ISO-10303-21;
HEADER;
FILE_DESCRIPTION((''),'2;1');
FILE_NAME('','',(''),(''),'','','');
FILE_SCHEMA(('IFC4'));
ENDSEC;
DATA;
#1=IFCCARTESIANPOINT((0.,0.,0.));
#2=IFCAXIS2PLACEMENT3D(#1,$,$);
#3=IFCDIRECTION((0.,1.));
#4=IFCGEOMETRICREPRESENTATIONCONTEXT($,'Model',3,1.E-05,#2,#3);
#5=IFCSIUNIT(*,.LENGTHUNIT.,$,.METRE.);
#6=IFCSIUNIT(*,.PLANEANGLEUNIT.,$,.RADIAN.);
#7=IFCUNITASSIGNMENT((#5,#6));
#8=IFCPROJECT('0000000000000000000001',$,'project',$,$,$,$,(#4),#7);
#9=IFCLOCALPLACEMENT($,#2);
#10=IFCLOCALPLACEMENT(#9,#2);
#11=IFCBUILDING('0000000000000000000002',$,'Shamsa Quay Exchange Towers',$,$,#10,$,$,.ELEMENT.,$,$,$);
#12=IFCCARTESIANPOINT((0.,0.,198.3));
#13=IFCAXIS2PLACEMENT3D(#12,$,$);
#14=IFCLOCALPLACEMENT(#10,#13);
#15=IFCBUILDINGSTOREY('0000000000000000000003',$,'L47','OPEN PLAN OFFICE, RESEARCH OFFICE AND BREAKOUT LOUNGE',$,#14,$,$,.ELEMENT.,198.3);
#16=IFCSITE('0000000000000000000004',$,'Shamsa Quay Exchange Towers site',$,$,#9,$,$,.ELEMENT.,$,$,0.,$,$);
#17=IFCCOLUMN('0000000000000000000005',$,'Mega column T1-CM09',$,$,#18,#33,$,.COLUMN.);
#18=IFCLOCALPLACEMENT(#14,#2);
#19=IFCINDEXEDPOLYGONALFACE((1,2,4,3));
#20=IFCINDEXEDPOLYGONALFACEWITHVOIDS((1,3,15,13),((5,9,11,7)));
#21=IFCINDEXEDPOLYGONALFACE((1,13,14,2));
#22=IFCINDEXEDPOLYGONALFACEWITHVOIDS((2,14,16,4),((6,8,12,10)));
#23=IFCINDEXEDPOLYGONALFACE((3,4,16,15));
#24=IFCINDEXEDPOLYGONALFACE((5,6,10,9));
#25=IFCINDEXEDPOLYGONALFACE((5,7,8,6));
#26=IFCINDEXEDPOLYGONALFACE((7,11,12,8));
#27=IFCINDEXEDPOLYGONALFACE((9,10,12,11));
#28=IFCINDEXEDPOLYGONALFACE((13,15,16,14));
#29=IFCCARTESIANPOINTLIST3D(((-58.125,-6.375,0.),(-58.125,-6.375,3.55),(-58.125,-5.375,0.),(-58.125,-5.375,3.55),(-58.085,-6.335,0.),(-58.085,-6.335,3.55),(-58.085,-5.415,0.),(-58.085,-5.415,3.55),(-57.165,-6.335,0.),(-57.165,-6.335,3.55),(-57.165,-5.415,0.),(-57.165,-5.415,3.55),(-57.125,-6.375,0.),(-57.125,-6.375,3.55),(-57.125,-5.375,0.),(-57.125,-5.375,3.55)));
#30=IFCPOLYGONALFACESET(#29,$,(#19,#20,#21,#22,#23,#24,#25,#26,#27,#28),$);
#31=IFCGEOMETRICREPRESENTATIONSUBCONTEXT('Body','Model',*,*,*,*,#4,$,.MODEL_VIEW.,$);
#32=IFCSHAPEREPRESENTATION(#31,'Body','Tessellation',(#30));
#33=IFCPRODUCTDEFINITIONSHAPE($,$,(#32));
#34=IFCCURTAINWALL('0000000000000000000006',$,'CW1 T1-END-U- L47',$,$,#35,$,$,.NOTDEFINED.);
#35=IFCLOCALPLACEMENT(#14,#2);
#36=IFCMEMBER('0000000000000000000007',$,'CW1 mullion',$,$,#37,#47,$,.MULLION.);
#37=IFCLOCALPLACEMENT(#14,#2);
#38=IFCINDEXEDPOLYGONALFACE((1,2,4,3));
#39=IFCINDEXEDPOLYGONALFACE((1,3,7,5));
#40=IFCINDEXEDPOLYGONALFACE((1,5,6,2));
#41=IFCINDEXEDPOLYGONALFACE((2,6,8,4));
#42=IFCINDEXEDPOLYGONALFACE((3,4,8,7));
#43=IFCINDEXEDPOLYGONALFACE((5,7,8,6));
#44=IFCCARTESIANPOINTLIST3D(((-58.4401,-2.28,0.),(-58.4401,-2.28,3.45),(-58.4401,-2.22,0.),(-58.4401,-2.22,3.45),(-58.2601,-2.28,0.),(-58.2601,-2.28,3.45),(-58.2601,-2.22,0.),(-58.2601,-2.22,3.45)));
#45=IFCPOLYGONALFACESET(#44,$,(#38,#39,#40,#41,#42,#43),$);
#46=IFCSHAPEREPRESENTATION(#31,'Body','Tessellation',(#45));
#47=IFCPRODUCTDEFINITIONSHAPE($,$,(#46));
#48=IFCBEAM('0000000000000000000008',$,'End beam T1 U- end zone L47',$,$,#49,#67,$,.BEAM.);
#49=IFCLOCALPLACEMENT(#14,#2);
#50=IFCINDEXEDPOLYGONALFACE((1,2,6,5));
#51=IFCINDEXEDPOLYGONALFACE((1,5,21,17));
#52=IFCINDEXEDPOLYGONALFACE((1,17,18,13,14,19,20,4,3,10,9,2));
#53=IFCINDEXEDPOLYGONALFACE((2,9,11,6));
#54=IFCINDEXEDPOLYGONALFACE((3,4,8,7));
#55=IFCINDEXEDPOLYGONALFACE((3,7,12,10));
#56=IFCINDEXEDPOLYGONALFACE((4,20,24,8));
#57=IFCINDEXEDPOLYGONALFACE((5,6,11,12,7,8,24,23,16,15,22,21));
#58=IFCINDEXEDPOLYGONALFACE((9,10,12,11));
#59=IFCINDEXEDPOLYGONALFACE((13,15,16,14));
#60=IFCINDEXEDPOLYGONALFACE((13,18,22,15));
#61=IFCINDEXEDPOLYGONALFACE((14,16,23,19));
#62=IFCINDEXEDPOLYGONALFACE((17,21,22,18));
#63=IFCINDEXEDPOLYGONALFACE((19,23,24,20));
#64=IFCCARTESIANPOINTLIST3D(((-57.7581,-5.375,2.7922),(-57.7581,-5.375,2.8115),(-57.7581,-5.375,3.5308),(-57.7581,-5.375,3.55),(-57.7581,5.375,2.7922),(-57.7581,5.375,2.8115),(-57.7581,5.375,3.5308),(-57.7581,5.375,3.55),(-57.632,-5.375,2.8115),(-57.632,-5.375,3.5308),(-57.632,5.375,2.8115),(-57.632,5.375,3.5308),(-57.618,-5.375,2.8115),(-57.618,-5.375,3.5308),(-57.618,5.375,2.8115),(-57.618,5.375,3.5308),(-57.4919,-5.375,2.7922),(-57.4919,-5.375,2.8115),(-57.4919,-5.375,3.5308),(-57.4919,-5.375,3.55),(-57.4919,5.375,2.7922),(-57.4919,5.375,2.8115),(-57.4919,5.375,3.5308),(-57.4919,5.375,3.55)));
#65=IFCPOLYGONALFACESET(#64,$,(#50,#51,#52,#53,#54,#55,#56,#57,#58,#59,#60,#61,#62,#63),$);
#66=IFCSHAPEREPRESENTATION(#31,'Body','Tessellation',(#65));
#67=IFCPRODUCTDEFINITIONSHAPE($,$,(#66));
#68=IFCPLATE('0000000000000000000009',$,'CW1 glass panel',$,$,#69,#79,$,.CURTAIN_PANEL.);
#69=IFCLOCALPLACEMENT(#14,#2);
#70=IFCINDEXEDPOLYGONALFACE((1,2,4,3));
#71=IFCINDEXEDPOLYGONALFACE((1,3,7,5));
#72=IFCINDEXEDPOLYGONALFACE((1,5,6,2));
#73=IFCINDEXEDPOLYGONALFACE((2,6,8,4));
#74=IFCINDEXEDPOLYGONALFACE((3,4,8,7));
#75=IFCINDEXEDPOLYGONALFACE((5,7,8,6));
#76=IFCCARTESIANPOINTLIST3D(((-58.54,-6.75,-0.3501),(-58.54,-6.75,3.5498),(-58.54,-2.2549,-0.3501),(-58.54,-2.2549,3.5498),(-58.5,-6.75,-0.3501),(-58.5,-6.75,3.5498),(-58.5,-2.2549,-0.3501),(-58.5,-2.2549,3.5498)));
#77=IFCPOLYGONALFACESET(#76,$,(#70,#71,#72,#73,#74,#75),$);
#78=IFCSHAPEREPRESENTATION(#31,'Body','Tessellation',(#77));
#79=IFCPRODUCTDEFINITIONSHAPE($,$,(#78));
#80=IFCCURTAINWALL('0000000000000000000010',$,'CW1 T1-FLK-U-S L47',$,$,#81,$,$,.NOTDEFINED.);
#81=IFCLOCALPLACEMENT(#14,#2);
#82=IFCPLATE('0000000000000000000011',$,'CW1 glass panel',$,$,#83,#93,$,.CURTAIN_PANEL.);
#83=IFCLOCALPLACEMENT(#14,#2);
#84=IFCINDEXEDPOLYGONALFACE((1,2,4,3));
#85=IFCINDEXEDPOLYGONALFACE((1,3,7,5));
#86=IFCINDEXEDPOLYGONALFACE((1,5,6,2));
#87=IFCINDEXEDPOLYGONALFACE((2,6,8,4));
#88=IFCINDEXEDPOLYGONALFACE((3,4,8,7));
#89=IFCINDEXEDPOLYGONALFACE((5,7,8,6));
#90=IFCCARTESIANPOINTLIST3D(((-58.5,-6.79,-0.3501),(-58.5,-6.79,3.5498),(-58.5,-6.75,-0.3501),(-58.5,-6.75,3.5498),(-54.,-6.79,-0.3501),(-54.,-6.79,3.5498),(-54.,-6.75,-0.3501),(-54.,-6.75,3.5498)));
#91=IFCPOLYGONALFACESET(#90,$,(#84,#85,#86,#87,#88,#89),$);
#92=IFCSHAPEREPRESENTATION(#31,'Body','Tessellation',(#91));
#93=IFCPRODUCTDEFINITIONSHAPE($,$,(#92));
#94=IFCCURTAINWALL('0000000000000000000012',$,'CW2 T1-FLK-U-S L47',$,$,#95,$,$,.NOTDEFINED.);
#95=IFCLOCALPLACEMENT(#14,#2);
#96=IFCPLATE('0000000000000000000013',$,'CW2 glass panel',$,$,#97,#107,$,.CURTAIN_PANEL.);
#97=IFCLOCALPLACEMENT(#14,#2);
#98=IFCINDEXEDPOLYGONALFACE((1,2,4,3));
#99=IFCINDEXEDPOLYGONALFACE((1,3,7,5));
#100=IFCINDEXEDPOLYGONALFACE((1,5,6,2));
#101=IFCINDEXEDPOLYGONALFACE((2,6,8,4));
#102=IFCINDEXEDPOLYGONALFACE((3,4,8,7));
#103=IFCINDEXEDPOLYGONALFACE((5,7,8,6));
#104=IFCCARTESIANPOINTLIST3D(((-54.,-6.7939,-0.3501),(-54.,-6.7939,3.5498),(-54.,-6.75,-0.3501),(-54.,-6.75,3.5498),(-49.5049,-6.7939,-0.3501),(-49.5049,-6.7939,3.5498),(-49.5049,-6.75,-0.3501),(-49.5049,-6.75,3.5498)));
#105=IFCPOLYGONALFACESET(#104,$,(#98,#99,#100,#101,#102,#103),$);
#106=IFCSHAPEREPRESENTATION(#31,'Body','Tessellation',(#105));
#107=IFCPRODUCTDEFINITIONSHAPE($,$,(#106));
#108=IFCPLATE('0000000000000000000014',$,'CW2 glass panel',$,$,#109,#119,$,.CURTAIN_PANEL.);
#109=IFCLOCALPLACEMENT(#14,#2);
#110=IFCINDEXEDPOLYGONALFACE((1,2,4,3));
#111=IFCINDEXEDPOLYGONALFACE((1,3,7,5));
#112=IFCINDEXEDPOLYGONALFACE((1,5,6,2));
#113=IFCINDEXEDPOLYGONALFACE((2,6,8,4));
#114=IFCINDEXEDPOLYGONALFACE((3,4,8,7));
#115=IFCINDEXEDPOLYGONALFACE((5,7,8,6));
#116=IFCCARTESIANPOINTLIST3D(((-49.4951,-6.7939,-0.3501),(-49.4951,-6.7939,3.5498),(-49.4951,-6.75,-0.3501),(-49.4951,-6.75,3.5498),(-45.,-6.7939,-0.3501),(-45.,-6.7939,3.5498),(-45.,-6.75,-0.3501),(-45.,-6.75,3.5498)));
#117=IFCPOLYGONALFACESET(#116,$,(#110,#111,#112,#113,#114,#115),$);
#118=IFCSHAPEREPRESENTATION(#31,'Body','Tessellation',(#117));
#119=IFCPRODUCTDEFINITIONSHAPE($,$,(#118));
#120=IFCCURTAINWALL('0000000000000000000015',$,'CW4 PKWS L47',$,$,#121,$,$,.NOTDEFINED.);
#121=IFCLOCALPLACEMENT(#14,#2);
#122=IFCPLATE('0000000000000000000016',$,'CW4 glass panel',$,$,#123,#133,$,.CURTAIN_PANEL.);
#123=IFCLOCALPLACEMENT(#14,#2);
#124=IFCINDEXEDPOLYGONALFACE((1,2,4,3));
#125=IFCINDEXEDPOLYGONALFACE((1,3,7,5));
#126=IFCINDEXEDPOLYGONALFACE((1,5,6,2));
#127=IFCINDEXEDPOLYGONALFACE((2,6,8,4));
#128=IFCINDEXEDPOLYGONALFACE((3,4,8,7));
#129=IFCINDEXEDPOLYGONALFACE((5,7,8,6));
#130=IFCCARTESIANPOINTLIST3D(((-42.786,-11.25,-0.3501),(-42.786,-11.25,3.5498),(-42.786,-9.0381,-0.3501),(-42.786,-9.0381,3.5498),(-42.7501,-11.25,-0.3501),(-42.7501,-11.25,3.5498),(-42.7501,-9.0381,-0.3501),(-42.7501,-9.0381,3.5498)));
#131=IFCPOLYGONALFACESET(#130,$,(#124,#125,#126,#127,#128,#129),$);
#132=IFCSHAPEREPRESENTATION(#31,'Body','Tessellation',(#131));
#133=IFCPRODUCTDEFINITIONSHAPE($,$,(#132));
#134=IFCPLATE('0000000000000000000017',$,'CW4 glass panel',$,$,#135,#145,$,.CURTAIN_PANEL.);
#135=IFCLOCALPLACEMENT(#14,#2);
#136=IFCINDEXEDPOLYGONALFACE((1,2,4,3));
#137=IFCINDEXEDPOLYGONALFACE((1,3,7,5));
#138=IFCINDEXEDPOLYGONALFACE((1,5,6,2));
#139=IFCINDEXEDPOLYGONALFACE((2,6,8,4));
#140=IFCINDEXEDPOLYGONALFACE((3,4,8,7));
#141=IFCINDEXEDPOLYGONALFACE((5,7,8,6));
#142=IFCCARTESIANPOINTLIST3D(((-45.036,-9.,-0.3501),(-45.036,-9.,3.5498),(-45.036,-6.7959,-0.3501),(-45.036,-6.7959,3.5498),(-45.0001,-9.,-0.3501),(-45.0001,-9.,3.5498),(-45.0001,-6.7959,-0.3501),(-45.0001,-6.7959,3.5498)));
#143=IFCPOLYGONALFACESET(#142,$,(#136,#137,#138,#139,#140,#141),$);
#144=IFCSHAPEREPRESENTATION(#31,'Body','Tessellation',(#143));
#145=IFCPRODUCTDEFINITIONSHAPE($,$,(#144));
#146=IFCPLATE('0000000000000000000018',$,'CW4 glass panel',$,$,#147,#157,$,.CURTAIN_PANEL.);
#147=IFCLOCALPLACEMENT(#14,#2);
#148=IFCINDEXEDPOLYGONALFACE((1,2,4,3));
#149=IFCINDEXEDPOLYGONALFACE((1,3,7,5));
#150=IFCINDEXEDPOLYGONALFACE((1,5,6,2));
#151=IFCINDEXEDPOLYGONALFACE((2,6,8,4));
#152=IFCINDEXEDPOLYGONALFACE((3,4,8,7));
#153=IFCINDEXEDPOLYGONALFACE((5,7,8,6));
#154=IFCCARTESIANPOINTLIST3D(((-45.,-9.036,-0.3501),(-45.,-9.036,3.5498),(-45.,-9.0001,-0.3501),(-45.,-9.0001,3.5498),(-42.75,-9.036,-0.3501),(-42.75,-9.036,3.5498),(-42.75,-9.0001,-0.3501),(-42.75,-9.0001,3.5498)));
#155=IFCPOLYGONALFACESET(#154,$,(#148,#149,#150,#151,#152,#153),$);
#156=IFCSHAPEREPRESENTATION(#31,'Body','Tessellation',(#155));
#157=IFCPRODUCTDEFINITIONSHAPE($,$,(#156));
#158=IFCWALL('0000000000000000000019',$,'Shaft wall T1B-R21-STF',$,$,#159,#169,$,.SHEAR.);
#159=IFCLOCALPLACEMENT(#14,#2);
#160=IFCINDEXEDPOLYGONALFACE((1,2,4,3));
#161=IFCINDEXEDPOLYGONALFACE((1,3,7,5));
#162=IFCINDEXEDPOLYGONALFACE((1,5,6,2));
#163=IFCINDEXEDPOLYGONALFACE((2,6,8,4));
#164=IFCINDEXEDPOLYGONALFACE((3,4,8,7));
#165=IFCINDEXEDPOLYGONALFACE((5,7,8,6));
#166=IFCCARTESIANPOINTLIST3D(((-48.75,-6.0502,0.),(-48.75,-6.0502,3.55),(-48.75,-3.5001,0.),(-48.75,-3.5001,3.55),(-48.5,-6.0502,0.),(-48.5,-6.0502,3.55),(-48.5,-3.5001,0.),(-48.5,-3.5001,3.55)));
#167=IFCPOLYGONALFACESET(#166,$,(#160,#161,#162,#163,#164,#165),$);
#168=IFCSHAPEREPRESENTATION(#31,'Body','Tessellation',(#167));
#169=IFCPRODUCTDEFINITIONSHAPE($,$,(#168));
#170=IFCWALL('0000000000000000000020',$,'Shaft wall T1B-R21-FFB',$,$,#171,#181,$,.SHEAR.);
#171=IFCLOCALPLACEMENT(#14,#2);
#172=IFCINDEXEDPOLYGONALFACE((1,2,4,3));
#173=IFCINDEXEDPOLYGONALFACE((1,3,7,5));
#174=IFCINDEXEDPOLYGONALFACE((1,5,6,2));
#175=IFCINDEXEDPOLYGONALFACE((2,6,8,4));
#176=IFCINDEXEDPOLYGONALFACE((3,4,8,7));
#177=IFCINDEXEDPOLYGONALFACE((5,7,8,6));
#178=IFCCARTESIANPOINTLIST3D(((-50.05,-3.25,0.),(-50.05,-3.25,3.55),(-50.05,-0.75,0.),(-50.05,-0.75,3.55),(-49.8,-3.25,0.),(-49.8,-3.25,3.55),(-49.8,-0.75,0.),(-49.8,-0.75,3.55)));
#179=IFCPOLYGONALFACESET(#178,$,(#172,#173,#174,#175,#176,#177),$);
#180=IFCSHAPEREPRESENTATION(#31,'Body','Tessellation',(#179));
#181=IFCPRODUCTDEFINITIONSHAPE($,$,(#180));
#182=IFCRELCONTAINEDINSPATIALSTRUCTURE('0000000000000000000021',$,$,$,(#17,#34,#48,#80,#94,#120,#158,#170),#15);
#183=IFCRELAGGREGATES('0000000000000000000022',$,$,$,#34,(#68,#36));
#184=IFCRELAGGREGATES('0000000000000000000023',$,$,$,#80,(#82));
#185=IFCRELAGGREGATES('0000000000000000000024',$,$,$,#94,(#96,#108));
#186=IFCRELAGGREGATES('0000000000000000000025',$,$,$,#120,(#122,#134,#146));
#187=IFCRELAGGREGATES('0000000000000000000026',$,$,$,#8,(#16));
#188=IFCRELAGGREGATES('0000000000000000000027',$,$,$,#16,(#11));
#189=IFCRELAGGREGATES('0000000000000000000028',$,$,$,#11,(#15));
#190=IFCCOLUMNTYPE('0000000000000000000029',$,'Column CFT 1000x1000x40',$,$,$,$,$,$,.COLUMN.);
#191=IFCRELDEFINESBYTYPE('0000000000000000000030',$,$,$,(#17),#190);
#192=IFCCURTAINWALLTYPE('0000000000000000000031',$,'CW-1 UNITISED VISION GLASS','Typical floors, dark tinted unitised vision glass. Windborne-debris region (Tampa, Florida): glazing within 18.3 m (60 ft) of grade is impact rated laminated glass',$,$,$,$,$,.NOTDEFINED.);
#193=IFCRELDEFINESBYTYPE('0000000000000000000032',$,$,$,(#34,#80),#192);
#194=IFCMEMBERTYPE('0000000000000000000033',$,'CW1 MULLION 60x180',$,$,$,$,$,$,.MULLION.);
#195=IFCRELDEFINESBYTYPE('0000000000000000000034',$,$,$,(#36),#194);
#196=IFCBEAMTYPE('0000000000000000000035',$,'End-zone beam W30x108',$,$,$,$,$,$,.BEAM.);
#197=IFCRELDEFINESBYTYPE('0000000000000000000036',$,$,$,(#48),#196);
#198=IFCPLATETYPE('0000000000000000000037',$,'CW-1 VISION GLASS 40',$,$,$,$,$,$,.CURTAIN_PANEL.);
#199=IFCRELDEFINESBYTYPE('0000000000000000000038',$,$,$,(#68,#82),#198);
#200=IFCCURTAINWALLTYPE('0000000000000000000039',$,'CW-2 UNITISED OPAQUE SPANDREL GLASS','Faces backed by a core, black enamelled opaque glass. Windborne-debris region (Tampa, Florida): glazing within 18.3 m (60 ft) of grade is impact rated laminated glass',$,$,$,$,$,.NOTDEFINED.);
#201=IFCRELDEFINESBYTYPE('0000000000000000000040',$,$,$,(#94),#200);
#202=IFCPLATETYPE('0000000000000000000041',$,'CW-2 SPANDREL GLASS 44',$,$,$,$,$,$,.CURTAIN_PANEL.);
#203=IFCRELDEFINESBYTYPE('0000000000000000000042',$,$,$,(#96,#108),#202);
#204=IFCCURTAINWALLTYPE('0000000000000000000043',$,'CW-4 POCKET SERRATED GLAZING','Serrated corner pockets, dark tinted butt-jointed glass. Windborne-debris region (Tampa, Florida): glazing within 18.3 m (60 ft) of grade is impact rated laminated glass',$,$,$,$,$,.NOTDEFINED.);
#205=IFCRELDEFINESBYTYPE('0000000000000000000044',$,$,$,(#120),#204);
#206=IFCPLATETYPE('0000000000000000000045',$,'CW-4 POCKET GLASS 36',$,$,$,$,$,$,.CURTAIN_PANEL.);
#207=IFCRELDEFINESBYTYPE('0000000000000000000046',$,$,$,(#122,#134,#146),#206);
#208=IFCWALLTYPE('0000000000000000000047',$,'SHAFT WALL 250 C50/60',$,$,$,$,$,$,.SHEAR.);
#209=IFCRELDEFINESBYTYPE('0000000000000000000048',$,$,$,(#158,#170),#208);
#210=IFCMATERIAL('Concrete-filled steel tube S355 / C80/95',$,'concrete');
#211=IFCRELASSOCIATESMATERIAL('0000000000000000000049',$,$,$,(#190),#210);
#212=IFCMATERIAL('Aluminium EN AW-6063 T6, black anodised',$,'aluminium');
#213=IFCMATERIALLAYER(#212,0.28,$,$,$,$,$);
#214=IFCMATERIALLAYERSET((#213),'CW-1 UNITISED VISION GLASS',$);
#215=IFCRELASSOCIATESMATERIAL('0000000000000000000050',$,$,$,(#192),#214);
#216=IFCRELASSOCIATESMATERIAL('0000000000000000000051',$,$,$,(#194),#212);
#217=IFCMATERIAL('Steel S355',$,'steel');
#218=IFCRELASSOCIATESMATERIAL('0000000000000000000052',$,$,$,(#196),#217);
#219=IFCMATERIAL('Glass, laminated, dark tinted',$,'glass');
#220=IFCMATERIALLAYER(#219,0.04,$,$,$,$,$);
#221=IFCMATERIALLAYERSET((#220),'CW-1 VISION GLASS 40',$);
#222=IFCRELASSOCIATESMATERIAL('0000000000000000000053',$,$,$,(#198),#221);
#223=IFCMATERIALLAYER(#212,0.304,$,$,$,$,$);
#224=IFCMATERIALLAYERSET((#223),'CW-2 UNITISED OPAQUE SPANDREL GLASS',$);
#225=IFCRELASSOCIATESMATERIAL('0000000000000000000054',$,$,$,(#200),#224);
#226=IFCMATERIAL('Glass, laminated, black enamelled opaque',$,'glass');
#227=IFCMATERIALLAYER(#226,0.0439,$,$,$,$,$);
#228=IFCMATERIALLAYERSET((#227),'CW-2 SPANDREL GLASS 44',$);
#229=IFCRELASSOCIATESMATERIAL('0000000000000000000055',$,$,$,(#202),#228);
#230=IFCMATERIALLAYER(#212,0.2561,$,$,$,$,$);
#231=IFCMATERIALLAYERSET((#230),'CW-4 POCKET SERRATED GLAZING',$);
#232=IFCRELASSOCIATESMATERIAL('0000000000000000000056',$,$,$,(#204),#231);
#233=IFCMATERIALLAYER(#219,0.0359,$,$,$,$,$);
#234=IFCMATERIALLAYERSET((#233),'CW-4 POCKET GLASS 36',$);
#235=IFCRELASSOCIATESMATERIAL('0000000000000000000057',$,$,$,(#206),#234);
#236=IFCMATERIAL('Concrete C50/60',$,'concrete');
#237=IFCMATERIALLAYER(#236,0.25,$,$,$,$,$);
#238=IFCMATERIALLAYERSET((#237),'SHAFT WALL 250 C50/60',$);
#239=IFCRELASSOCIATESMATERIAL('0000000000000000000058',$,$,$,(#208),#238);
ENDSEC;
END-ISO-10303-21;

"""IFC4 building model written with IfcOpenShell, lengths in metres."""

from ifc_helpers import new_model, si_unit, direction, frame, frame_2d, origin, origin_2d, place, context, subcontext, project, spatial, rectangle, hollow_rectangle, i_section, extrude, material, layer, layer_set, material_profile, profile_set, type_object, element, aggregate, save


model = new_model("IFC4")

# Units and contexts
model_context = context("Model", 3, precision=1e-05, world=origin(), true_north=direction((0.0, 1.0)))
body_context = subcontext(model_context, "Body", "Model", "MODEL_VIEW")
ifc_project = project(units=[si_unit("LENGTHUNIT", "METRE"), si_unit("PLANEANGLEUNIT", "RADIAN")], contexts=[model_context])

# Site, building, storey
site_placement = place(None, origin())
site = spatial("IfcSite", under=ifc_project, at=site_placement, Name="Shamsa Quay Exchange Towers site", CompositionType="ELEMENT", RefElevation=0.0)
building_placement = place(site_placement, origin())
building = spatial("IfcBuilding", under=site, at=building_placement, Name="Shamsa Quay Exchange Towers", CompositionType="ELEMENT")
storey_placement = place(building_placement, frame((0.0, 0.0, 198.3)))
storey = spatial("IfcBuildingStorey", under=building, at=storey_placement, Name="L47", Description="OPEN PLAN OFFICE, RESEARCH OFFICE AND BREAKOUT LOUNGE", CompositionType="ELEMENT", Elevation=198.3)

# Column
ifc_material_1 = material(Name="Concrete-filled steel tube S355 / C80/95", Category="concrete")
ifc_material_profile_1 = material_profile(ifc_material_1, hollow_rectangle(XDim=1.0, YDim=1.0, WallThickness=0.04, at=origin_2d()), Name="CFT 1000x1000x40")
ifc_profile_set_1 = profile_set([ifc_material_profile_1], Name="Concrete-filled steel tube S355 / C80/95")
column_type = type_object("IfcColumnType", Name="Column CFT 1000x1000x40", PredefinedType="COLUMN", material=ifc_profile_set_1)
column_placement = place(storey_placement, frame((-57.625, -5.875, 0.0)))
element("IfcColumn", 1, at=column_placement, inside=storey, type_object=column_type, Name="Mega column T1-CM09", PredefinedType="COLUMN", context=body_context, shape_type="SweptSolid", body=[
    extrude(hollow_rectangle(XDim=1.0, YDim=1.0, WallThickness=0.04, at=origin_2d()), origin(), (0.0, 0.0, 1.0), 3.55),
])

# Curtain wall, member
ifc_material_2 = material(Name="Aluminium EN AW-6063 T6, black anodised", Category="aluminium")
ifc_layer_1 = layer(ifc_material_2, 0.28)
ifc_layer_set_1 = layer_set([ifc_layer_1], Name="CW-1 UNITISED VISION GLASS")
curtain_wall_type_1 = type_object("IfcCurtainWallType", Name="CW-1 UNITISED VISION GLASS", Description="Typical floors, dark tinted unitised vision glass. Windborne-debris region (Tampa, Florida): glazing within 18.3 m (60 ft) of grade is impact rated laminated glass", PredefinedType="NOTDEFINED", material=ifc_layer_set_1)
curtain_wall_1_placement = place(storey_placement, origin())
curtain_wall_1 = element("IfcCurtainWall", 2, at=curtain_wall_1_placement, inside=storey, type_object=curtain_wall_type_1, Name="CW1 T1-END-U- L47", PredefinedType="NOTDEFINED")
ifc_material_profile_2 = material_profile(ifc_material_2, rectangle(XDim=0.1799, YDim=0.0601, at=origin_2d()), Name="MU60x180")
ifc_profile_set_2 = profile_set([ifc_material_profile_2], Name="Aluminium EN AW-6063 T6, black anodised")
member_type = type_object("IfcMemberType", Name="CW1 MULLION 60x180", PredefinedType="MULLION", material=ifc_profile_set_2)
member_placement = place(storey_placement, frame((-58.3501, -2.25, 0.0)))
member = element("IfcMember", 3, at=member_placement, type_object=member_type, Name="CW1 mullion", PredefinedType="MULLION", context=body_context, shape_type="SweptSolid", body=[
    extrude(rectangle(XDim=0.1799, YDim=0.0601, at=origin_2d()), origin(), (0.0, 0.0, 1.0), 3.45),
])

# Beam
ifc_material_3 = material(Name="Steel S355", Category="steel")
ifc_material_profile_3 = material_profile(ifc_material_3, i_section(OverallWidth=0.2661, OverallDepth=0.7578, WebThickness=0.0139, FlangeThickness=0.0193, at=origin_2d()), Name="W30x108")
ifc_profile_set_3 = profile_set([ifc_material_profile_3], Name="Steel S355")
beam_type = type_object("IfcBeamType", Name="End-zone beam W30x108", PredefinedType="BEAM", material=ifc_profile_set_3)
beam_placement = place(storey_placement, frame((-57.625, -5.375, 3.1711), z_axis=(0.0, 1.0, 0.0), x_axis=(-1.0, 0.0, 0.0)))
element("IfcBeam", 4, at=beam_placement, inside=storey, type_object=beam_type, Name="End beam T1 U- end zone L47", PredefinedType="BEAM", context=body_context, shape_type="SweptSolid", body=[
    extrude(i_section(OverallWidth=0.2661, OverallDepth=0.7578, WebThickness=0.0139, FlangeThickness=0.0193, at=origin_2d()), origin(), (0.0, 0.0, 1.0), 10.75),
])

# Plate
ifc_material_4 = material(Name="Glass, laminated, dark tinted", Category="glass")
ifc_layer_2 = layer(ifc_material_4, 0.04)
ifc_layer_set_2 = layer_set([ifc_layer_2], Name="CW-1 VISION GLASS 40")
plate_type_1 = type_object("IfcPlateType", Name="CW-1 VISION GLASS 40", PredefinedType="CURTAIN_PANEL", material=ifc_layer_set_2)
plate_1_placement = place(storey_placement, frame((-58.52, -4.5024, -0.3501), z_axis=(0.0, 0.0, 1.0), x_axis=(0.0, -1.0, 0.0)))
plate_1 = element("IfcPlate", 5, at=plate_1_placement, type_object=plate_type_1, Name="CW1 glass panel", PredefinedType="CURTAIN_PANEL", context=body_context, shape_type="SweptSolid", body=[
    extrude(rectangle(XDim=4.4951, YDim=0.04, at=origin_2d()), origin(), (0.0, 0.0, 1.0), 3.8999),
])
aggregate(curtain_wall_1, [plate_1, member])

# Curtain wall, plate
curtain_wall_2_placement = place(storey_placement, origin())
curtain_wall_2 = element("IfcCurtainWall", 6, at=curtain_wall_2_placement, inside=storey, type_object=curtain_wall_type_1, Name="CW1 T1-FLK-U-S L47", PredefinedType="NOTDEFINED")
plate_2_placement = place(storey_placement, frame((-56.25, -6.77, -0.3501)))
plate_2 = element("IfcPlate", 7, at=plate_2_placement, type_object=plate_type_1, Name="CW1 glass panel", PredefinedType="CURTAIN_PANEL", context=body_context, shape_type="SweptSolid", body=[
    extrude(rectangle(XDim=4.5, YDim=0.04, at=origin_2d()), origin(), (0.0, 0.0, 1.0), 3.8999),
])
aggregate(curtain_wall_2, [plate_2])

# Curtain walls, plates
ifc_layer_3 = layer(ifc_material_2, 0.304)
ifc_layer_set_3 = layer_set([ifc_layer_3], Name="CW-2 UNITISED OPAQUE SPANDREL GLASS")
curtain_wall_type_2 = type_object("IfcCurtainWallType", Name="CW-2 UNITISED OPAQUE SPANDREL GLASS", Description="Faces backed by a core, black enamelled opaque glass. Windborne-debris region (Tampa, Florida): glazing within 18.3 m (60 ft) of grade is impact rated laminated glass", PredefinedType="NOTDEFINED", material=ifc_layer_set_3)
curtain_wall_3_placement = place(storey_placement, origin())
curtain_wall_3 = element("IfcCurtainWall", 8, at=curtain_wall_3_placement, inside=storey, type_object=curtain_wall_type_2, Name="CW2 T1-FLK-U-S L47", PredefinedType="NOTDEFINED")
ifc_material_5 = material(Name="Glass, laminated, black enamelled opaque", Category="glass")
ifc_layer_4 = layer(ifc_material_5, 0.0439)
ifc_layer_set_4 = layer_set([ifc_layer_4], Name="CW-2 SPANDREL GLASS 44")
plate_type_2 = type_object("IfcPlateType", Name="CW-2 SPANDREL GLASS 44", PredefinedType="CURTAIN_PANEL", material=ifc_layer_set_4)
plate_3_placement = place(storey_placement, frame((-51.7524, -6.772, -0.3501)))
plate_3 = element("IfcPlate", 9, at=plate_3_placement, type_object=plate_type_2, Name="CW2 glass panel", PredefinedType="CURTAIN_PANEL", context=body_context, shape_type="SweptSolid", body=[
    extrude(rectangle(XDim=4.4951, YDim=0.0439, at=origin_2d()), origin(), (0.0, 0.0, 1.0), 3.8999),
])
plate_4_placement = place(storey_placement, frame((-47.2476, -6.772, -0.3501)))
plate_4 = element("IfcPlate", 10, at=plate_4_placement, type_object=plate_type_2, Name="CW2 glass panel", PredefinedType="CURTAIN_PANEL", context=body_context, shape_type="SweptSolid", body=[
    extrude(rectangle(XDim=4.4951, YDim=0.0439, at=origin_2d()), origin(), (0.0, 0.0, 1.0), 3.8999),
])
aggregate(curtain_wall_3, [plate_3, plate_4])
ifc_layer_5 = layer(ifc_material_2, 0.2561)
ifc_layer_set_5 = layer_set([ifc_layer_5], Name="CW-4 POCKET SERRATED GLAZING")
curtain_wall_type_3 = type_object("IfcCurtainWallType", Name="CW-4 POCKET SERRATED GLAZING", Description="Serrated corner pockets, dark tinted butt-jointed glass. Windborne-debris region (Tampa, Florida): glazing within 18.3 m (60 ft) of grade is impact rated laminated glass", PredefinedType="NOTDEFINED", material=ifc_layer_set_5)
curtain_wall_4_placement = place(storey_placement, origin())
curtain_wall_4 = element("IfcCurtainWall", 11, at=curtain_wall_4_placement, inside=storey, type_object=curtain_wall_type_3, Name="CW4 PKWS L47", PredefinedType="NOTDEFINED")
ifc_layer_6 = layer(ifc_material_4, 0.0359)
ifc_layer_set_6 = layer_set([ifc_layer_6], Name="CW-4 POCKET GLASS 36")
plate_type_3 = type_object("IfcPlateType", Name="CW-4 POCKET GLASS 36", PredefinedType="CURTAIN_PANEL", material=ifc_layer_set_6)
plate_5_placement = place(storey_placement, frame((-42.7681, -10.144, -0.3501), z_axis=(0.0, 0.0, 1.0), x_axis=(0.0, -1.0, 0.0)))
plate_5 = element("IfcPlate", 12, at=plate_5_placement, type_object=plate_type_3, Name="CW4 glass panel", PredefinedType="CURTAIN_PANEL", context=body_context, shape_type="SweptSolid", body=[
    extrude(rectangle(XDim=2.2119, YDim=0.0359, at=origin_2d()), origin(), (0.0, 0.0, 1.0), 3.8999),
])
plate_6_placement = place(storey_placement, frame((-45.0181, -7.8979, -0.3501), z_axis=(0.0, 0.0, 1.0), x_axis=(0.0, -1.0, 0.0)))
plate_6 = element("IfcPlate", 13, at=plate_6_placement, type_object=plate_type_3, Name="CW4 glass panel", PredefinedType="CURTAIN_PANEL", context=body_context, shape_type="SweptSolid", body=[
    extrude(rectangle(XDim=2.2041, YDim=0.0359, at=origin_2d()), origin(), (0.0, 0.0, 1.0), 3.8999),
])
plate_7_placement = place(storey_placement, frame((-43.875, -9.0181, -0.3501)))
plate_7 = element("IfcPlate", 14, at=plate_7_placement, type_object=plate_type_3, Name="CW4 glass panel", PredefinedType="CURTAIN_PANEL", context=body_context, shape_type="SweptSolid", body=[
    extrude(rectangle(XDim=2.25, YDim=0.0359, at=origin_2d()), origin(), (0.0, 0.0, 1.0), 3.8999),
])
aggregate(curtain_wall_4, [plate_5, plate_6, plate_7])

# Wall
ifc_material_6 = material(Name="Concrete C50/60", Category="concrete")
ifc_layer_7 = layer(ifc_material_6, 0.25)
ifc_layer_set_7 = layer_set([ifc_layer_7], Name="SHAFT WALL 250 C50/60")
wall_type_1 = type_object("IfcWallType", Name="SHAFT WALL 250 C50/60", PredefinedType="SHEAR", material=ifc_layer_set_7)
wall_1_placement = place(storey_placement, frame((-48.625, -6.05, 0.0), z_axis=(0.0, 0.0, 1.0), x_axis=(0.0, 1.0, 0.0)))
element("IfcWall", 15, at=wall_1_placement, inside=storey, type_object=wall_type_1, Name="Shaft wall T1B-R21-STF", PredefinedType="SHEAR", context=body_context, shape_type="SweptSolid", body=[
    extrude(rectangle(XDim=2.55, YDim=0.25, at=frame_2d((1.2749, 0.0))), origin(), (0.0, 0.0, 1.0), 3.55),
])

# Wall
wall_2_placement = place(storey_placement, frame((-49.925, -3.25, 0.0), z_axis=(0.0, 0.0, 1.0), x_axis=(0.0, 1.0, 0.0)))
element("IfcWall", 16, at=wall_2_placement, inside=storey, type_object=wall_type_1, Name="Shaft wall T1B-R21-FFB", PredefinedType="SHEAR", context=body_context, shape_type="SweptSolid", body=[
    extrude(rectangle(XDim=2.5, YDim=0.25, at=frame_2d((1.25, 0.0))), origin(), (0.0, 0.0, 1.0), 3.55),
])

save(model, "model.ifc")
